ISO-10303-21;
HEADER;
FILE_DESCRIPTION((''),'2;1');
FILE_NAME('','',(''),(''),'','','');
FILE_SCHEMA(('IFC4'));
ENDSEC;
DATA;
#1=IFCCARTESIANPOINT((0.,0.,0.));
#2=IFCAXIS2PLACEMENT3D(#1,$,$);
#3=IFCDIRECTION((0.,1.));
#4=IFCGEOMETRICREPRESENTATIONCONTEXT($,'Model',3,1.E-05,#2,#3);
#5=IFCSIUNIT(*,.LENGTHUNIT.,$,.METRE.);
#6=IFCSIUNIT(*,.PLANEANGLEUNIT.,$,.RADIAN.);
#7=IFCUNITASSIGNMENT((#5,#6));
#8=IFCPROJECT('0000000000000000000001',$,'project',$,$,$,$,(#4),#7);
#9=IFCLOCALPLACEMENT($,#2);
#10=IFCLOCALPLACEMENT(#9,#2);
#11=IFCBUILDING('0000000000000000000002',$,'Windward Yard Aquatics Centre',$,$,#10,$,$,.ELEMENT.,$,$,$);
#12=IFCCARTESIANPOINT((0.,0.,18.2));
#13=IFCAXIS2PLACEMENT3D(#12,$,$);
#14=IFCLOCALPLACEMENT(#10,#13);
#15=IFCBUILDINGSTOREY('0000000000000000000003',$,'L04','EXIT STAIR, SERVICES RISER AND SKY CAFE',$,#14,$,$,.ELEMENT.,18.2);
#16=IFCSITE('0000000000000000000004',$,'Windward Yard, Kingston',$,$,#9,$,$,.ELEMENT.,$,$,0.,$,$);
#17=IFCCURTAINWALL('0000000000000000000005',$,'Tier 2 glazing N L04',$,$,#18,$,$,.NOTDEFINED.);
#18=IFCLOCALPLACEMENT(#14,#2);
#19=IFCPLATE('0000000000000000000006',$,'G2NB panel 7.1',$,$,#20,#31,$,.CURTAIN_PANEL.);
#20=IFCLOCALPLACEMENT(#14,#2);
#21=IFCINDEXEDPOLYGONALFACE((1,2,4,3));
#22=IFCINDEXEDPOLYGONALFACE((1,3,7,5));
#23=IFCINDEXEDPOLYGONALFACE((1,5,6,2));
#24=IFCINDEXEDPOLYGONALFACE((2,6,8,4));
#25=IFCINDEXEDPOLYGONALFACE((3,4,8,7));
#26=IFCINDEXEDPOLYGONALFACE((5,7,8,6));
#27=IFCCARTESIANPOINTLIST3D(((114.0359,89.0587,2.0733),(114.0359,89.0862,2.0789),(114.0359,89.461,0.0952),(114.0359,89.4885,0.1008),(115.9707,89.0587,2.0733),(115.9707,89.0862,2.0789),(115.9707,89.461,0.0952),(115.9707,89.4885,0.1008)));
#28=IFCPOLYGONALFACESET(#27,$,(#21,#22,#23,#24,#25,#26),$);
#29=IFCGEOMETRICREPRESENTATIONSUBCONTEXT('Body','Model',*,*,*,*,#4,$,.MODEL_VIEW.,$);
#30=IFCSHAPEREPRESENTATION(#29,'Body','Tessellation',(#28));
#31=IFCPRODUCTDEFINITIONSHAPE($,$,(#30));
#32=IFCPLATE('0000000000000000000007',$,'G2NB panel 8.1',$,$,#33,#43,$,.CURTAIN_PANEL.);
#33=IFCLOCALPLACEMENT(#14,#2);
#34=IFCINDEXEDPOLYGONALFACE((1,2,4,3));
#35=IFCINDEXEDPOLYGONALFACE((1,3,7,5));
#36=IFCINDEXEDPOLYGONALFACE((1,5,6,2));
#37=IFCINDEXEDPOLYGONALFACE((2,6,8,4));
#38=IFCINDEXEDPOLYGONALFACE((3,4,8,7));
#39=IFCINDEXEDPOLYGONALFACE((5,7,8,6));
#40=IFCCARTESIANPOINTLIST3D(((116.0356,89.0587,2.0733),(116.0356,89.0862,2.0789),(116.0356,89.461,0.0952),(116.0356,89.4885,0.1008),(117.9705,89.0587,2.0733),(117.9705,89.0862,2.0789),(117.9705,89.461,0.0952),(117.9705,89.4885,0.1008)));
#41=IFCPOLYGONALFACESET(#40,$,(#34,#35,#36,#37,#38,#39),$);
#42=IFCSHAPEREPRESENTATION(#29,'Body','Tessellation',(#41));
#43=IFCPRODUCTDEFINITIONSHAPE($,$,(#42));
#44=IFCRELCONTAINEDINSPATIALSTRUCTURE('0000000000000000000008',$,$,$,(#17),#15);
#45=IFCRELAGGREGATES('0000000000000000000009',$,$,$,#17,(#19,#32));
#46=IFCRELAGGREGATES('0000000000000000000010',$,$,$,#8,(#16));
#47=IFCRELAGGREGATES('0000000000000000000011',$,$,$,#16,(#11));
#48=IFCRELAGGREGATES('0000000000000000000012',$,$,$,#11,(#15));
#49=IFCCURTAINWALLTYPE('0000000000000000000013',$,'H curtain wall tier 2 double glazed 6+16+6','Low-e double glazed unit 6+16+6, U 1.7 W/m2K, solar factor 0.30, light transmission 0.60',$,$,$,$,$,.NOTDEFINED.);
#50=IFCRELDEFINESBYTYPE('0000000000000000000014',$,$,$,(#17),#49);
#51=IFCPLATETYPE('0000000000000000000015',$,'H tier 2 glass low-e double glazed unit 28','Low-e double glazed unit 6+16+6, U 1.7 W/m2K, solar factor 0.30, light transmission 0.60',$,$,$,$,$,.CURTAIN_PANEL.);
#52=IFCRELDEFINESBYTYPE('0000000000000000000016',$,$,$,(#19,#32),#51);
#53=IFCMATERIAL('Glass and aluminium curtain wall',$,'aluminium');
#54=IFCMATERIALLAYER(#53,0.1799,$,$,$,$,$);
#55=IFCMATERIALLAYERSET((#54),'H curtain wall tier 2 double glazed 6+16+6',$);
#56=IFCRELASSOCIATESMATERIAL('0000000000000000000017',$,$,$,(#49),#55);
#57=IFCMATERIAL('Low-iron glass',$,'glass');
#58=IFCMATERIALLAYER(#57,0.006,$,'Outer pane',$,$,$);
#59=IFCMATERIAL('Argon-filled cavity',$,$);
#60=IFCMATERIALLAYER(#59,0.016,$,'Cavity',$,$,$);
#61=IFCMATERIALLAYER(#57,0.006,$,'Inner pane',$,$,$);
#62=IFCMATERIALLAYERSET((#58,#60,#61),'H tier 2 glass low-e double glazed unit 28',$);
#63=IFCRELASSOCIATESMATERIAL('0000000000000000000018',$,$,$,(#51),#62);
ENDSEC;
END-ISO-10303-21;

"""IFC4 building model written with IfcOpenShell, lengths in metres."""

from ifc_helpers import new_model, si_unit, direction, frame, origin, place, context, subcontext, project, spatial, polyline, outline, extrude, material, layer, layer_set, type_object, element, aggregate, save


model = new_model("IFC4")

# Units and contexts
model_context = context("Model", 3, precision=1e-05, world=origin(), true_north=direction((0.0, 1.0)))
body_context = subcontext(model_context, "Body", "Model", "MODEL_VIEW")
ifc_project = project(units=[si_unit("LENGTHUNIT", "METRE"), si_unit("PLANEANGLEUNIT", "RADIAN")], contexts=[model_context])

# Site, building, storey
site_placement = place(None, origin())
site = spatial("IfcSite", under=ifc_project, at=site_placement, Name="Windward Yard, Kingston", CompositionType="ELEMENT", RefElevation=0.0)
building_placement = place(site_placement, origin())
building = spatial("IfcBuilding", under=site, at=building_placement, Name="Windward Yard Aquatics Centre", CompositionType="ELEMENT")
storey_placement = place(building_placement, frame((0.0, 0.0, 18.2)))
storey = spatial("IfcBuildingStorey", under=building, at=storey_placement, Name="L04", Description="EXIT STAIR, SERVICES RISER AND SKY CAFE", CompositionType="ELEMENT", Elevation=18.2)

# Curtain wall
ifc_material_1 = material(Name="Glass and aluminium curtain wall", Category="aluminium")
ifc_layer_1 = layer(ifc_material_1, 0.1799)
ifc_layer_set_1 = layer_set([ifc_layer_1], Name="H curtain wall tier 2 double glazed 6+16+6")
curtain_wall_type_1 = type_object("IfcCurtainWallType", Name="H curtain wall tier 2 double glazed 6+16+6", Description="Low-e double glazed unit 6+16+6, U 1.7 W/m2K, solar factor 0.30, light transmission 0.60", PredefinedType="NOTDEFINED", material=ifc_layer_set_1)
curtain_wall_1_placement = place(storey_placement, origin())
curtain_wall_1 = element("IfcCurtainWall", 1, at=curtain_wall_1_placement, inside=storey, type_object=curtain_wall_type_1, Name="Tier 2 glazing N L04", PredefinedType="NOTDEFINED")

# Plates
ifc_material_2 = material(Name="Low-iron glass", Category="glass")
ifc_layer_2 = layer(ifc_material_2, 0.006, Name="Outer pane")
ifc_material_3 = material(Name="Argon-filled cavity")
ifc_layer_3 = layer(ifc_material_3, 0.016, Name="Cavity")
ifc_layer_4 = layer(ifc_material_2, 0.006, Name="Inner pane")
ifc_layer_set_2 = layer_set([ifc_layer_2, ifc_layer_3, ifc_layer_4], Name="H tier 2 glass low-e double glazed unit 28")
plate_type = type_object("IfcPlateType", Name="H tier 2 glass low-e double glazed unit 28", Description="Low-e double glazed unit 6+16+6, U 1.7 W/m2K, solar factor 0.30, light transmission 0.60", PredefinedType="CURTAIN_PANEL", material=ifc_layer_set_2)
plate_1_placement = place(storey_placement, frame((114.0359, 89.0862, 2.0789), z_axis=(0.0, 0.979933, 0.199325), x_axis=(0.0, 0.199325, -0.979933)))
plate_1 = element("IfcPlate", 2, at=plate_1_placement, type_object=plate_type, Name="G2NB panel 7.1", PredefinedType="CURTAIN_PANEL", context=body_context, shape_type="SweptSolid", body=[
    extrude(outline(polyline([(0.0, 0.0), (2.0185, 0.0), (2.0185, -1.9348), (0.0, -1.9348), (0.0, 0.0)])), origin(), (0.0, 0.0, -1.0), 0.0281),
])
plate_2_placement = place(storey_placement, frame((116.0356, 89.0862, 2.0789), z_axis=(0.0, 0.979933, 0.199325), x_axis=(0.0, 0.199325, -0.979933)))
plate_2 = element("IfcPlate", 3, at=plate_2_placement, type_object=plate_type, Name="G2NB panel 8.1", PredefinedType="CURTAIN_PANEL", context=body_context, shape_type="SweptSolid", body=[
    extrude(outline(polyline([(0.0, 0.0), (2.0185, 0.0), (2.0185, -1.9348), (0.0, -1.9348), (0.0, 0.0)])), origin(), (0.0, 0.0, -1.0), 0.0281),
])
aggregate(curtain_wall_1, [plate_1, plate_2])

save(model, "model.ifc")
